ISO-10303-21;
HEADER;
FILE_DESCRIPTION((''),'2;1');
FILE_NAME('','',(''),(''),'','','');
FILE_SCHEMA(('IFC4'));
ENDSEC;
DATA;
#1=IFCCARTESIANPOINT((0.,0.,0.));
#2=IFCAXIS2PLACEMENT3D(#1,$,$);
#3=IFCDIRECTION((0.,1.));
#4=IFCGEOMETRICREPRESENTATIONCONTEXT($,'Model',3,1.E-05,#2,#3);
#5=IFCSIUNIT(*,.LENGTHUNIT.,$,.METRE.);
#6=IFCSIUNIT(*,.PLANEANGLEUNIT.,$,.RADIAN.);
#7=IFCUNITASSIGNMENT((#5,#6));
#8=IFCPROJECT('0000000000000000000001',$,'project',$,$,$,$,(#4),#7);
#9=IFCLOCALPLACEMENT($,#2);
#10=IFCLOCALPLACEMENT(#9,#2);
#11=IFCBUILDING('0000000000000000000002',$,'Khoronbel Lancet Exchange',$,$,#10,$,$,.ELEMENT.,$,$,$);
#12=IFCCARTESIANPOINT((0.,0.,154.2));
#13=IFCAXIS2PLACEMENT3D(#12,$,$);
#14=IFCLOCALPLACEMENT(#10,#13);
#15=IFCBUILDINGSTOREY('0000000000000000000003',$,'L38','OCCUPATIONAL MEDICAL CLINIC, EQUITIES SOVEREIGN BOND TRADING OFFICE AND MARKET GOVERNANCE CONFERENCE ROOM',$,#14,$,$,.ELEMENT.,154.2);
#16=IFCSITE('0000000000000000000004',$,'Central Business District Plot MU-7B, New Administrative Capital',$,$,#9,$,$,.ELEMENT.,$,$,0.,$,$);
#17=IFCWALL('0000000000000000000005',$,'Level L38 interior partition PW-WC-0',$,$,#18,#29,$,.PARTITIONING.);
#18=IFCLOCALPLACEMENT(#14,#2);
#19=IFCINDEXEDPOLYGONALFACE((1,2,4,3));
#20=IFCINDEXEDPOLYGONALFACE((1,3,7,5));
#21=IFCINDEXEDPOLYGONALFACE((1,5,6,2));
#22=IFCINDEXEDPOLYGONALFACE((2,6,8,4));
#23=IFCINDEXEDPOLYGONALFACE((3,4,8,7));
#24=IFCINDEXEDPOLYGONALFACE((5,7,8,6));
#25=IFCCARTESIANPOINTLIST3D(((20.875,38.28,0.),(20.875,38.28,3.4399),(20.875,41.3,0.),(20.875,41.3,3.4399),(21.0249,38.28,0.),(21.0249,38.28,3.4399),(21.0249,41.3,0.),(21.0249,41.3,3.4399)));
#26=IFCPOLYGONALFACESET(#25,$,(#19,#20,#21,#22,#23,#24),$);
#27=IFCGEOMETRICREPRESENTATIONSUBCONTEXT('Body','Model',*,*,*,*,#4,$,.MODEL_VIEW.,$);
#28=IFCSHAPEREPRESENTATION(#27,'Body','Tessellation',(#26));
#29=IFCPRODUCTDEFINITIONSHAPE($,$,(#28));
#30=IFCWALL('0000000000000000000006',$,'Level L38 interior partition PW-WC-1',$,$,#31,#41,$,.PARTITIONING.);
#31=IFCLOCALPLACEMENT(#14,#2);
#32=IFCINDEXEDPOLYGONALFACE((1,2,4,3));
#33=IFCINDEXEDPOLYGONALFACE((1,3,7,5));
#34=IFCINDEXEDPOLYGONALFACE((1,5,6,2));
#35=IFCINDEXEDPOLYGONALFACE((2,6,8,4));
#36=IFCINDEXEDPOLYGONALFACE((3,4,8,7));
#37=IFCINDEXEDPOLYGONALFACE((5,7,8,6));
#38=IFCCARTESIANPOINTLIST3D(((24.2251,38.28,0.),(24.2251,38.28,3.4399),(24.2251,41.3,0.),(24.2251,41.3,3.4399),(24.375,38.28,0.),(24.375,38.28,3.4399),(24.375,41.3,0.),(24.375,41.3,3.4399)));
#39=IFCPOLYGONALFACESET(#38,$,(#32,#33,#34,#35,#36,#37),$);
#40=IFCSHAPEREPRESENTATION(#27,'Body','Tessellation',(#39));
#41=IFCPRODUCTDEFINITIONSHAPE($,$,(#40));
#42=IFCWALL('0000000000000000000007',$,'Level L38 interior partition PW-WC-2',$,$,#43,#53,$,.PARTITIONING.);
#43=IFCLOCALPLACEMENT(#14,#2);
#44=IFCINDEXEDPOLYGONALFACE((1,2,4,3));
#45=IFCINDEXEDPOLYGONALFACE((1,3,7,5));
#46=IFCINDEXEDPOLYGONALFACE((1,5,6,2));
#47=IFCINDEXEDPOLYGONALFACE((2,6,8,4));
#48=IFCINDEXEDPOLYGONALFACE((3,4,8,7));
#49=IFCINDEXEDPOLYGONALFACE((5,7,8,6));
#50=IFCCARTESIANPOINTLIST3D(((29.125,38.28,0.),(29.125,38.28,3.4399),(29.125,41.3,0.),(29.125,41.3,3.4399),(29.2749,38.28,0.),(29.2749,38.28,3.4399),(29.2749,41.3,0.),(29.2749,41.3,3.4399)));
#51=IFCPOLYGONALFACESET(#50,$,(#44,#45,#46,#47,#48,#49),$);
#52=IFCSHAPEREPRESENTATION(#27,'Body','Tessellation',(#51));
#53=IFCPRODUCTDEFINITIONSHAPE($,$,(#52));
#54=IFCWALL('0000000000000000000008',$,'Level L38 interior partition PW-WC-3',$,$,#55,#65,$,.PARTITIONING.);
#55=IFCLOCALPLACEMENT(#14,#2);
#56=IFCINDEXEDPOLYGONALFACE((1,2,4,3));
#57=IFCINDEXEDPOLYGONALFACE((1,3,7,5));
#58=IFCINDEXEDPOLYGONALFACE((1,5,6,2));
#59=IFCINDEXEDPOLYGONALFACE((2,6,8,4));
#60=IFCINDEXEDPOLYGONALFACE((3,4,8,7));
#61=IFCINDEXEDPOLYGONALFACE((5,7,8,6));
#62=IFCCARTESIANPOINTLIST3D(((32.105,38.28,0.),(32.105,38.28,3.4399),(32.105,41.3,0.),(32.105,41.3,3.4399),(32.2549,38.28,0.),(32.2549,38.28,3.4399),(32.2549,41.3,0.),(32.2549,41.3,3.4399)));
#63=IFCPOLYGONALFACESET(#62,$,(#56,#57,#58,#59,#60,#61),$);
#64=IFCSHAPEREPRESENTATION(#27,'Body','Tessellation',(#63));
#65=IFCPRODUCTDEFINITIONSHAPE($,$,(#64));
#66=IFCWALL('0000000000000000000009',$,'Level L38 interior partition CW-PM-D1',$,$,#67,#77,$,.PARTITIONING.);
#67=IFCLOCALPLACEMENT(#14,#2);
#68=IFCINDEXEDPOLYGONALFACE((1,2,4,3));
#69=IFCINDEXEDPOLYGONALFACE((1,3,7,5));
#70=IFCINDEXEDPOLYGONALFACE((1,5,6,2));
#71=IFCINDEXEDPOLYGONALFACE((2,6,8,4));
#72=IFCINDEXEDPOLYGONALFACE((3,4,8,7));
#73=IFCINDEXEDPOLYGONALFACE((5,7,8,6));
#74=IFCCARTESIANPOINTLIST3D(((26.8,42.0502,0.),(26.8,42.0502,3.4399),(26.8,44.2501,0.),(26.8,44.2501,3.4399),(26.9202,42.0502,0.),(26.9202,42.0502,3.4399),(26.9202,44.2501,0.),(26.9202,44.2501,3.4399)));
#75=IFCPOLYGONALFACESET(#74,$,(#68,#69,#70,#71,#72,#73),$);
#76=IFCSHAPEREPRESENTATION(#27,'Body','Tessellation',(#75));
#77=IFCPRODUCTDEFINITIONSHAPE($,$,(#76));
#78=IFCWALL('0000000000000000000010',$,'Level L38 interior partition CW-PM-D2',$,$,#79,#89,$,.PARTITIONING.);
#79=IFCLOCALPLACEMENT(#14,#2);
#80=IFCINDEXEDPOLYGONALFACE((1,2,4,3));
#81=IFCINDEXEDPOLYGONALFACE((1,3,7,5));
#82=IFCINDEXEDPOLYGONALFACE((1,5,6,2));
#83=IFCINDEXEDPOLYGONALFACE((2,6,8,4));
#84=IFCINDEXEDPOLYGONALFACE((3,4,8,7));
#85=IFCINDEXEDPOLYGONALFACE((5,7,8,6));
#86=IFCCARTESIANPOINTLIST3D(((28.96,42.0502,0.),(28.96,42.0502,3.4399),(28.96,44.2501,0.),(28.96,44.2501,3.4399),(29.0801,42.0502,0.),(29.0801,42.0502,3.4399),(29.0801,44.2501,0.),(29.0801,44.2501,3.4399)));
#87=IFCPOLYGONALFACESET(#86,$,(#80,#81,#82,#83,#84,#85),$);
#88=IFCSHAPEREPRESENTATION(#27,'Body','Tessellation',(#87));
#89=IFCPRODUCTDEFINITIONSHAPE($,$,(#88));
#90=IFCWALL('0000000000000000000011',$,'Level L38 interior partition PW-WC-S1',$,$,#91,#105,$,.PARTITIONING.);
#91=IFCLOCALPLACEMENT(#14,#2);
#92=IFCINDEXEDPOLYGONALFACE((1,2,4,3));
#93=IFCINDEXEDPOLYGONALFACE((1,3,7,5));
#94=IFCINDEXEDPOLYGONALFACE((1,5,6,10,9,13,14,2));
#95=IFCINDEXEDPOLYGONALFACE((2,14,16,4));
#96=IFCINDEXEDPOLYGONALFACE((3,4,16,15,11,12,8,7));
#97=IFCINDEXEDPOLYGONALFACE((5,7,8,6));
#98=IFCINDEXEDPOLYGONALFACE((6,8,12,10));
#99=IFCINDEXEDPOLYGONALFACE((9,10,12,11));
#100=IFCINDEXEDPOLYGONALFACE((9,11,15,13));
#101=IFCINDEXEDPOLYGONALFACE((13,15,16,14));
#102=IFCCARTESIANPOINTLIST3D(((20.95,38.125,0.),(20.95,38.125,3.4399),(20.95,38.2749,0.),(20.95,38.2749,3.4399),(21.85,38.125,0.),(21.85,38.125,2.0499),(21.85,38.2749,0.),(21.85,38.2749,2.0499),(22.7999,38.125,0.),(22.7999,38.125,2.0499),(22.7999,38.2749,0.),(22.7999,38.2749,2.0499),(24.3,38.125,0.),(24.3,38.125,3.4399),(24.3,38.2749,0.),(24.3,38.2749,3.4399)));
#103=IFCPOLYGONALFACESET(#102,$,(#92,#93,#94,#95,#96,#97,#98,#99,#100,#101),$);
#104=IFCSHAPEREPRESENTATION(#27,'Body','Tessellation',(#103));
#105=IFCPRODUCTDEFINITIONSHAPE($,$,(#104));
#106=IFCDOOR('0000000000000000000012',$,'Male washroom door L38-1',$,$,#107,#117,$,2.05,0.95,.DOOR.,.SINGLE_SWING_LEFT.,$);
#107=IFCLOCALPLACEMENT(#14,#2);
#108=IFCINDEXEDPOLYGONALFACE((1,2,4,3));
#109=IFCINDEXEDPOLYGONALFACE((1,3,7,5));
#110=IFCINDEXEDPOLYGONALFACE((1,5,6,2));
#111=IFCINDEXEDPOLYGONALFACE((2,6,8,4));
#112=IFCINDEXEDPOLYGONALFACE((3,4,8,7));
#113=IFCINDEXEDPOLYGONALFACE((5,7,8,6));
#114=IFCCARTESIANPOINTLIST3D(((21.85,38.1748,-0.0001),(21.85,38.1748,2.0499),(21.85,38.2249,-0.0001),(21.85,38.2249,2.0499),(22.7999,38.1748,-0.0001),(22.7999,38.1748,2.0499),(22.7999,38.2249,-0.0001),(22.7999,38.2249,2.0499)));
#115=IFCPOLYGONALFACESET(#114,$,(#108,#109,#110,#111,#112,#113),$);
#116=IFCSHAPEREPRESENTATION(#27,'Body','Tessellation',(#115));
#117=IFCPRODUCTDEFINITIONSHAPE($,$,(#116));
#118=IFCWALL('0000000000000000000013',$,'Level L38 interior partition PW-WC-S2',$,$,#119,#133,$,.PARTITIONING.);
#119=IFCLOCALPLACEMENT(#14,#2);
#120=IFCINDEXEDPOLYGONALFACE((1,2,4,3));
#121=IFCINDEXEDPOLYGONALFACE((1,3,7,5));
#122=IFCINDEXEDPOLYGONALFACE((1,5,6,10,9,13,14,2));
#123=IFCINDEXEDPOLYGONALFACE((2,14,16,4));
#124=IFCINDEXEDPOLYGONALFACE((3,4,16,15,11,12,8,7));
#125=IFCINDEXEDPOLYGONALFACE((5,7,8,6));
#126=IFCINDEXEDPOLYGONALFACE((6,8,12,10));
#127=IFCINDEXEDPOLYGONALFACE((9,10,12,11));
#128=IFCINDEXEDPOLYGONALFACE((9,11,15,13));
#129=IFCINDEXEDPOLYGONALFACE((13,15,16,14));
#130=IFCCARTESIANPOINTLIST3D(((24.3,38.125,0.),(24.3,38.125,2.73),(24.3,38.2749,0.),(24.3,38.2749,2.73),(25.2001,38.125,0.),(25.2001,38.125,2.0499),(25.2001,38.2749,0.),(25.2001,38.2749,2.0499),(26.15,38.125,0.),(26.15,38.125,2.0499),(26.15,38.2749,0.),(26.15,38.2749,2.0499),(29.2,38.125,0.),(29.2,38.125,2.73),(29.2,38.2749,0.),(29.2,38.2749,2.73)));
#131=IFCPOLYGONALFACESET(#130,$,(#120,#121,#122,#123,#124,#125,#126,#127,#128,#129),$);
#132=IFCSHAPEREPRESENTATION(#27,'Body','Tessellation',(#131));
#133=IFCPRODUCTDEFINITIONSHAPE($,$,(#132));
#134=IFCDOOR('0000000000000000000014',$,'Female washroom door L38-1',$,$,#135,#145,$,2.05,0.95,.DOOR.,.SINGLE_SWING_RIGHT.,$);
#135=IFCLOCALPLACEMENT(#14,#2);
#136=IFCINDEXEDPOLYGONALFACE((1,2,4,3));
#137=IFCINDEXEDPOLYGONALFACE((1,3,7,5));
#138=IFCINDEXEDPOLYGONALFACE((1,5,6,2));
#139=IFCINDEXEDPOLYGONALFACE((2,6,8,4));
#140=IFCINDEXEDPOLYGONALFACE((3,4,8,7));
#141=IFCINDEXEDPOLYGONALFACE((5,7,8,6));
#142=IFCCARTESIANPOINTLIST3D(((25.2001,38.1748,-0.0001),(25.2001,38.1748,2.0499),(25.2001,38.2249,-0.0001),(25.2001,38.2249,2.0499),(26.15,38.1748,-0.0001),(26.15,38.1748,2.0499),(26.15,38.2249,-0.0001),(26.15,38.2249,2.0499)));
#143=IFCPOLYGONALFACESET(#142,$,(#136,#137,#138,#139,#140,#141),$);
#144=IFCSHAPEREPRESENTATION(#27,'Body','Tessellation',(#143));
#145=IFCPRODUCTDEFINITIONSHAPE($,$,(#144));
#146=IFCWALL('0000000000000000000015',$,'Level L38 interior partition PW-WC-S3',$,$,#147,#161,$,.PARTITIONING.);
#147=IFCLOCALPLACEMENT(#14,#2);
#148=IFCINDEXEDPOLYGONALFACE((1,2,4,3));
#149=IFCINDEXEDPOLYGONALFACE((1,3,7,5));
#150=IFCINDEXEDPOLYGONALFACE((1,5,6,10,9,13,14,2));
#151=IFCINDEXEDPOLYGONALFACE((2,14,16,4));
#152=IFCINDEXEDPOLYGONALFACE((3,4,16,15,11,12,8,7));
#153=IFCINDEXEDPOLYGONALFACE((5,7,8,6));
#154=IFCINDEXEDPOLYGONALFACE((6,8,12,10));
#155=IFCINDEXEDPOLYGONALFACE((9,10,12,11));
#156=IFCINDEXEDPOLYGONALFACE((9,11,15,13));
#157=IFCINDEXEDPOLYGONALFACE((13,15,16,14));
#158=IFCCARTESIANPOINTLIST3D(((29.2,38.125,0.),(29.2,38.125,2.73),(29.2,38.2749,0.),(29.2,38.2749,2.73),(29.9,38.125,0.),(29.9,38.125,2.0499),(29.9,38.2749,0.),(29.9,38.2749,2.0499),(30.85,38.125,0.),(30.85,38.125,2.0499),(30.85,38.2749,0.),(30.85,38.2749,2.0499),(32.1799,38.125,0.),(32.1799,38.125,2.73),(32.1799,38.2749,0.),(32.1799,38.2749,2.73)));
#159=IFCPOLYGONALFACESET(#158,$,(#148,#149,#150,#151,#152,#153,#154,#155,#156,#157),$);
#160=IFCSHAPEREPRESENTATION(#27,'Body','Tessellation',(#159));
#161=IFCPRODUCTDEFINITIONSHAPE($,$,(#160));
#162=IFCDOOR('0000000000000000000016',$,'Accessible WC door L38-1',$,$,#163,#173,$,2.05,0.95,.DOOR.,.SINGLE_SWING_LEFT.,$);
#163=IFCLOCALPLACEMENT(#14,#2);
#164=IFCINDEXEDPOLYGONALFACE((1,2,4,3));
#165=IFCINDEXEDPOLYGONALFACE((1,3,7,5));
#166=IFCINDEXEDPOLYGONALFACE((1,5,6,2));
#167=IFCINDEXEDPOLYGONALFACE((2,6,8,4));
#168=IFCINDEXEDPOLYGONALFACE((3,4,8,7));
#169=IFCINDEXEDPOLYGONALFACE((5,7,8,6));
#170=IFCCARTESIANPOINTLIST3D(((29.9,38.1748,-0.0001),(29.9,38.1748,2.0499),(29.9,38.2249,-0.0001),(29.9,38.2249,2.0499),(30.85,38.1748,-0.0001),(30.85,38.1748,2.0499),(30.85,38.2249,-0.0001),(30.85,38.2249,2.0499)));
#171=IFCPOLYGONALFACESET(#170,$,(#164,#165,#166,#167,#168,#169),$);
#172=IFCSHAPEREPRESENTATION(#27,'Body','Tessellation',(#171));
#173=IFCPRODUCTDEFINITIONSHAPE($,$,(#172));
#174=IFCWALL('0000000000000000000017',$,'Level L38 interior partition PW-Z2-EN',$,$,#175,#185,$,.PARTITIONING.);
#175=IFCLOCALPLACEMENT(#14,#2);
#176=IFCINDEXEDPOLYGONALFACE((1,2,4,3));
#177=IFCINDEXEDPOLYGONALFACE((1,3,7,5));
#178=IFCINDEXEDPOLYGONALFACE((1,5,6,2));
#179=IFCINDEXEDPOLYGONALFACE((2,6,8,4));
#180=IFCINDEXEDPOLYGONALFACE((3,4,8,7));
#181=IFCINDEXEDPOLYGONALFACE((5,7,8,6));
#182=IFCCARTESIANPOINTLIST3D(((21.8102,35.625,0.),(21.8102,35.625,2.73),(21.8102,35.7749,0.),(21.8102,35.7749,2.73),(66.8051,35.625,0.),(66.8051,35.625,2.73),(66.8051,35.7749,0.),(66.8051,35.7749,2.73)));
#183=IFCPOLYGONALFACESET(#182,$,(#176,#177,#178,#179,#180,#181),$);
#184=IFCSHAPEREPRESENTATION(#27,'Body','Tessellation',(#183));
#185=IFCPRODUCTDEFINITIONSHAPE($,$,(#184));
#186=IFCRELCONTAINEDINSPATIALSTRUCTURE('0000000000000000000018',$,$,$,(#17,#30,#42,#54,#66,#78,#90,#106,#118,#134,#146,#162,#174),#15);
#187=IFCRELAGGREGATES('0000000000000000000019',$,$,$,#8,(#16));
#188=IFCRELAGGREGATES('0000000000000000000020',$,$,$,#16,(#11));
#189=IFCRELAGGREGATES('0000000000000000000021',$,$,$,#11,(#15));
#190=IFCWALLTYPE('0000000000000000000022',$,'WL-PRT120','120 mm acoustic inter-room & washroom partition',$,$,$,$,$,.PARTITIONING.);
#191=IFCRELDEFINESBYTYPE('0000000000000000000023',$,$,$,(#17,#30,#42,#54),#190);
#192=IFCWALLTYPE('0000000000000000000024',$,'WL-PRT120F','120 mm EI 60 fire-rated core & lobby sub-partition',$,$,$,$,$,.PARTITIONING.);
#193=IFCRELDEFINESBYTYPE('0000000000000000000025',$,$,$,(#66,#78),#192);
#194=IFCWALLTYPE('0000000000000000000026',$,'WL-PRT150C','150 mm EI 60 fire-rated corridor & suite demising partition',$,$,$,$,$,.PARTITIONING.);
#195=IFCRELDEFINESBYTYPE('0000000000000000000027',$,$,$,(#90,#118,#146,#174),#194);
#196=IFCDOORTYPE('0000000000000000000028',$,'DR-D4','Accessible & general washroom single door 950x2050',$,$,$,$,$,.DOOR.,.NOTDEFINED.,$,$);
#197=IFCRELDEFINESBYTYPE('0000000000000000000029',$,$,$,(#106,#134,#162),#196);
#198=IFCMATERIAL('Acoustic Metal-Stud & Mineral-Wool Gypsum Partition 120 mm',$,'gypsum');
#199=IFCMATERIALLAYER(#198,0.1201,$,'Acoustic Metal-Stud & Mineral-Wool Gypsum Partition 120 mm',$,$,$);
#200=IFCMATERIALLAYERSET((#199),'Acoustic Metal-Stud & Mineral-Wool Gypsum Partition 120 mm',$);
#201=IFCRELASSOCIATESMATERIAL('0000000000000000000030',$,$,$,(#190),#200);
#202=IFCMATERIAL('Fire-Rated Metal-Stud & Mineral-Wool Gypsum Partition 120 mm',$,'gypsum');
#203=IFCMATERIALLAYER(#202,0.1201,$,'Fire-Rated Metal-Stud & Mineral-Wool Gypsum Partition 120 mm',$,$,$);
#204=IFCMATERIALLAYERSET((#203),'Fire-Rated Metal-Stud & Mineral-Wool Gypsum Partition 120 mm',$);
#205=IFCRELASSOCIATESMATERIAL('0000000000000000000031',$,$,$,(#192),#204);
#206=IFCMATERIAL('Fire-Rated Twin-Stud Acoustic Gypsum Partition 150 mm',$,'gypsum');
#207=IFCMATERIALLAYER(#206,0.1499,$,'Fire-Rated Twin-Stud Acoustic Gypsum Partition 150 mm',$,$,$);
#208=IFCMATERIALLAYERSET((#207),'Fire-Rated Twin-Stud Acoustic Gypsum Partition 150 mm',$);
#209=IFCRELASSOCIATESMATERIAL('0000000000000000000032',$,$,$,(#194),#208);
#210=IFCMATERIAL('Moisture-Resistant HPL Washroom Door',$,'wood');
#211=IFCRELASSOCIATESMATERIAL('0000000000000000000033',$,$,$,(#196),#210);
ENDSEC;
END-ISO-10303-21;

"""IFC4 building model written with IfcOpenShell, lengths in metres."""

from ifc_helpers import new_model, si_unit, direction, frame, frame_2d, origin, place, context, subcontext, project, spatial, rectangle, extrude, material, layer, layer_set, type_object, element, fill, save


model = new_model("IFC4")

# Units and contexts
model_context = context("Model", 3, precision=1e-05, world=origin(), true_north=direction((0.0, 1.0)))
body_context = subcontext(model_context, "Body", "Model", "MODEL_VIEW")
ifc_project = project(units=[si_unit("LENGTHUNIT", "METRE"), si_unit("PLANEANGLEUNIT", "RADIAN")], contexts=[model_context])

# Site, building, storey
site_placement = place(None, origin())
site = spatial("IfcSite", under=ifc_project, at=site_placement, Name="Central Business District Plot MU-7B, New Administrative Capital", CompositionType="ELEMENT", RefElevation=0.0)
building_placement = place(site_placement, origin())
building = spatial("IfcBuilding", under=site, at=building_placement, Name="Khoronbel Lancet Exchange", CompositionType="ELEMENT")
storey_placement = place(building_placement, frame((0.0, 0.0, 154.2)))
storey = spatial("IfcBuildingStorey", under=building, at=storey_placement, Name="L38", Description="OCCUPATIONAL MEDICAL CLINIC, EQUITIES SOVEREIGN BOND TRADING OFFICE AND MARKET GOVERNANCE CONFERENCE ROOM", CompositionType="ELEMENT", Elevation=154.2)

# Walls
ifc_material_1 = material(Name="Acoustic Metal-Stud & Mineral-Wool Gypsum Partition 120 mm", Category="gypsum")
ifc_layer_1 = layer(ifc_material_1, 0.1201, Name="Acoustic Metal-Stud & Mineral-Wool Gypsum Partition 120 mm")
ifc_layer_set_1 = layer_set([ifc_layer_1], Name="Acoustic Metal-Stud & Mineral-Wool Gypsum Partition 120 mm")
wall_type_1 = type_object("IfcWallType", Name="WL-PRT120", Description="120 mm acoustic inter-room & washroom partition", PredefinedType="PARTITIONING", material=ifc_layer_set_1)
for number, where, z_axis, x_axis, name in (
    (1, (20.95, 38.28, 0.0), (0.0, 0.0, 1.0), (0.0, 1.0, 0.0), "Level L38 interior partition PW-WC-0"),
    (2, (24.3, 38.28, 0.0), (0.0, 0.0, 1.0), (0.0, 1.0, 0.0), "Level L38 interior partition PW-WC-1"),
    (3, (29.2, 38.28, 0.0), (0.0, 0.0, 1.0), (0.0, 1.0, 0.0), "Level L38 interior partition PW-WC-2"),
    (4, (32.1799, 38.28, 0.0), (0.0, 0.0, 1.0), (0.0, 1.0, 0.0), "Level L38 interior partition PW-WC-3"),
):
    element("IfcWall", number, at=place(storey_placement, frame(where, z_axis=z_axis, x_axis=x_axis)), inside=storey, type_object=wall_type_1, Name=name, PredefinedType="PARTITIONING", context=body_context, shape_type="SweptSolid", body=[
        extrude(rectangle(XDim=3.02, YDim=0.1499, at=frame_2d((1.51, 0.0))), origin(), (0.0, 0.0, 1.0), 3.4399),
    ])
ifc_material_2 = material(Name="Fire-Rated Metal-Stud & Mineral-Wool Gypsum Partition 120 mm", Category="gypsum")
ifc_layer_2 = layer(ifc_material_2, 0.1201, Name="Fire-Rated Metal-Stud & Mineral-Wool Gypsum Partition 120 mm")
ifc_layer_set_2 = layer_set([ifc_layer_2], Name="Fire-Rated Metal-Stud & Mineral-Wool Gypsum Partition 120 mm")
wall_type_2 = type_object("IfcWallType", Name="WL-PRT120F", Description="120 mm EI 60 fire-rated core & lobby sub-partition", PredefinedType="PARTITIONING", material=ifc_layer_set_2)
for number, where, z_axis, x_axis, name in (
    (5, (26.8601, 42.05, 0.0), (0.0, 0.0, 1.0), (0.0, 1.0, 0.0), "Level L38 interior partition CW-PM-D1"),
    (6, (29.02, 42.05, 0.0), (0.0, 0.0, 1.0), (0.0, 1.0, 0.0), "Level L38 interior partition CW-PM-D2"),
):
    element("IfcWall", number, at=place(storey_placement, frame(where, z_axis=z_axis, x_axis=x_axis)), inside=storey, type_object=wall_type_2, Name=name, PredefinedType="PARTITIONING", context=body_context, shape_type="SweptSolid", body=[
        extrude(rectangle(XDim=2.2, YDim=0.1201, at=frame_2d((1.1001, 0.0))), origin(), (0.0, 0.0, 1.0), 3.4399),
    ])

# Walls, openings, doors
ifc_material_3 = material(Name="Fire-Rated Twin-Stud Acoustic Gypsum Partition 150 mm", Category="gypsum")
ifc_layer_3 = layer(ifc_material_3, 0.1499, Name="Fire-Rated Twin-Stud Acoustic Gypsum Partition 150 mm")
ifc_layer_set_3 = layer_set([ifc_layer_3], Name="Fire-Rated Twin-Stud Acoustic Gypsum Partition 150 mm")
wall_type_3 = type_object("IfcWallType", Name="WL-PRT150C", Description="150 mm EI 60 fire-rated corridor & suite demising partition", PredefinedType="PARTITIONING", material=ifc_layer_set_3)
wall_1_placement = place(storey_placement, frame((20.95, 38.2, 0.0), z_axis=(0.0, 0.0, 1.0), x_axis=(1.0, 0.0, 0.0)))
wall_1 = element("IfcWall", 7, at=wall_1_placement, inside=storey, type_object=wall_type_3, Name="Level L38 interior partition PW-WC-S1", PredefinedType="PARTITIONING", context=body_context, shape_type="SweptSolid", body=[
    extrude(rectangle(XDim=3.3501, YDim=0.1499, at=frame_2d((1.675, 0.0))), origin(), (0.0, 0.0, 1.0), 3.4399),
])
opening_1_placement = place(wall_1_placement, frame((0.8999, 0.0, 0.0)))
opening_1 = element("IfcOpeningElement", 8, at=opening_1_placement, cuts=wall_1, PredefinedType="OPENING", context=body_context, shape_type="SweptSolid", body=[
    extrude(rectangle(XDim=0.95, YDim=2.05, at=frame_2d((0.4751, 1.0249))), frame((0.0, 0.085, 0.0), z_axis=(0.0, -1.0, 0.0), x_axis=(1.0, 0.0, 0.0)), (0.0, 0.0, 1.0), 0.1699),
])
ifc_material_4 = material(Name="Moisture-Resistant HPL Washroom Door", Category="wood")
door_type_1 = type_object("IfcDoorType", Name="DR-D4", Description="Accessible & general washroom single door 950x2050", OperationType="NOTDEFINED", PredefinedType="DOOR", material=ifc_material_4)
door_1_placement = place(opening_1_placement, origin())
door_1 = element("IfcDoor", 9, at=door_1_placement, inside=storey, type_object=door_type_1, Name="Male washroom door L38-1", OperationType="SINGLE_SWING_LEFT", OverallHeight=2.05, OverallWidth=0.95, PredefinedType="DOOR", context=body_context, shape_type="SweptSolid", body=[
    extrude(rectangle(XDim=0.95, YDim=2.05, at=frame_2d((0.4751, 1.0249))), frame((0.0, 0.0249, 0.0), z_axis=(0.0, -1.0, 0.0), x_axis=(1.0, 0.0, 0.0)), (0.0, 0.0, 1.0), 0.05),
])
fill(opening_1, door_1)
wall_2_placement = place(storey_placement, frame((24.3, 38.2, 0.0), z_axis=(0.0, 0.0, 1.0), x_axis=(1.0, 0.0, 0.0)))
wall_2 = element("IfcWall", 10, at=wall_2_placement, inside=storey, type_object=wall_type_3, Name="Level L38 interior partition PW-WC-S2", PredefinedType="PARTITIONING", context=body_context, shape_type="SweptSolid", body=[
    extrude(rectangle(XDim=4.8999, YDim=0.1499, at=frame_2d((2.45, 0.0))), origin(), (0.0, 0.0, 1.0), 2.73),
])
opening_2_placement = place(wall_2_placement, frame((0.8999, 0.0, 0.0)))
opening_2 = element("IfcOpeningElement", 11, at=opening_2_placement, cuts=wall_2, PredefinedType="OPENING", context=body_context, shape_type="SweptSolid", body=[
    extrude(rectangle(XDim=0.95, YDim=2.05, at=frame_2d((0.4751, 1.0249))), frame((0.0, 0.085, 0.0), z_axis=(0.0, -1.0, 0.0), x_axis=(1.0, 0.0, 0.0)), (0.0, 0.0, 1.0), 0.1699),
])
door_2_placement = place(opening_2_placement, origin())
door_2 = element("IfcDoor", 12, at=door_2_placement, inside=storey, type_object=door_type_1, Name="Female washroom door L38-1", OperationType="SINGLE_SWING_RIGHT", OverallHeight=2.05, OverallWidth=0.95, PredefinedType="DOOR", context=body_context, shape_type="SweptSolid", body=[
    extrude(rectangle(XDim=0.95, YDim=2.05, at=frame_2d((0.4751, 1.0249))), frame((0.0, 0.0249, 0.0), z_axis=(0.0, -1.0, 0.0), x_axis=(1.0, 0.0, 0.0)), (0.0, 0.0, 1.0), 0.05),
])
fill(opening_2, door_2)
wall_3_placement = place(storey_placement, frame((29.2, 38.2, 0.0), z_axis=(0.0, 0.0, 1.0), x_axis=(1.0, 0.0, 0.0)))
wall_3 = element("IfcWall", 13, at=wall_3_placement, inside=storey, type_object=wall_type_3, Name="Level L38 interior partition PW-WC-S3", PredefinedType="PARTITIONING", context=body_context, shape_type="SweptSolid", body=[
    extrude(rectangle(XDim=2.98, YDim=0.1499, at=frame_2d((1.49, 0.0))), origin(), (0.0, 0.0, 1.0), 2.73),
])
opening_3_placement = place(wall_3_placement, frame((0.7, 0.0, 0.0)))
opening_3 = element("IfcOpeningElement", 14, at=opening_3_placement, cuts=wall_3, PredefinedType="OPENING", context=body_context, shape_type="SweptSolid", body=[
    extrude(rectangle(XDim=0.95, YDim=2.05, at=frame_2d((0.4751, 1.0249))), frame((0.0, 0.085, 0.0), z_axis=(0.0, -1.0, 0.0), x_axis=(1.0, 0.0, 0.0)), (0.0, 0.0, 1.0), 0.1699),
])
door_3_placement = place(opening_3_placement, origin())
door_3 = element("IfcDoor", 15, at=door_3_placement, inside=storey, type_object=door_type_1, Name="Accessible WC door L38-1", OperationType="SINGLE_SWING_LEFT", OverallHeight=2.05, OverallWidth=0.95, PredefinedType="DOOR", context=body_context, shape_type="SweptSolid", body=[
    extrude(rectangle(XDim=0.95, YDim=2.05, at=frame_2d((0.4751, 1.0249))), frame((0.0, 0.0249, 0.0), z_axis=(0.0, -1.0, 0.0), x_axis=(1.0, 0.0, 0.0)), (0.0, 0.0, 1.0), 0.05),
])
fill(opening_3, door_3)

# Wall
wall_4_placement = place(storey_placement, frame((21.8101, 35.7, 0.0), z_axis=(0.0, 0.0, 1.0), x_axis=(1.0, 0.0, 0.0)))
element("IfcWall", 16, at=wall_4_placement, inside=storey, type_object=wall_type_3, Name="Level L38 interior partition PW-Z2-EN", PredefinedType="PARTITIONING", context=body_context, shape_type="SweptSolid", body=[
    extrude(rectangle(XDim=44.9949, YDim=0.1499, at=frame_2d((22.4976, 0.0))), origin(), (0.0, 0.0, 1.0), 2.73),
])

save(model, "model.ifc")
